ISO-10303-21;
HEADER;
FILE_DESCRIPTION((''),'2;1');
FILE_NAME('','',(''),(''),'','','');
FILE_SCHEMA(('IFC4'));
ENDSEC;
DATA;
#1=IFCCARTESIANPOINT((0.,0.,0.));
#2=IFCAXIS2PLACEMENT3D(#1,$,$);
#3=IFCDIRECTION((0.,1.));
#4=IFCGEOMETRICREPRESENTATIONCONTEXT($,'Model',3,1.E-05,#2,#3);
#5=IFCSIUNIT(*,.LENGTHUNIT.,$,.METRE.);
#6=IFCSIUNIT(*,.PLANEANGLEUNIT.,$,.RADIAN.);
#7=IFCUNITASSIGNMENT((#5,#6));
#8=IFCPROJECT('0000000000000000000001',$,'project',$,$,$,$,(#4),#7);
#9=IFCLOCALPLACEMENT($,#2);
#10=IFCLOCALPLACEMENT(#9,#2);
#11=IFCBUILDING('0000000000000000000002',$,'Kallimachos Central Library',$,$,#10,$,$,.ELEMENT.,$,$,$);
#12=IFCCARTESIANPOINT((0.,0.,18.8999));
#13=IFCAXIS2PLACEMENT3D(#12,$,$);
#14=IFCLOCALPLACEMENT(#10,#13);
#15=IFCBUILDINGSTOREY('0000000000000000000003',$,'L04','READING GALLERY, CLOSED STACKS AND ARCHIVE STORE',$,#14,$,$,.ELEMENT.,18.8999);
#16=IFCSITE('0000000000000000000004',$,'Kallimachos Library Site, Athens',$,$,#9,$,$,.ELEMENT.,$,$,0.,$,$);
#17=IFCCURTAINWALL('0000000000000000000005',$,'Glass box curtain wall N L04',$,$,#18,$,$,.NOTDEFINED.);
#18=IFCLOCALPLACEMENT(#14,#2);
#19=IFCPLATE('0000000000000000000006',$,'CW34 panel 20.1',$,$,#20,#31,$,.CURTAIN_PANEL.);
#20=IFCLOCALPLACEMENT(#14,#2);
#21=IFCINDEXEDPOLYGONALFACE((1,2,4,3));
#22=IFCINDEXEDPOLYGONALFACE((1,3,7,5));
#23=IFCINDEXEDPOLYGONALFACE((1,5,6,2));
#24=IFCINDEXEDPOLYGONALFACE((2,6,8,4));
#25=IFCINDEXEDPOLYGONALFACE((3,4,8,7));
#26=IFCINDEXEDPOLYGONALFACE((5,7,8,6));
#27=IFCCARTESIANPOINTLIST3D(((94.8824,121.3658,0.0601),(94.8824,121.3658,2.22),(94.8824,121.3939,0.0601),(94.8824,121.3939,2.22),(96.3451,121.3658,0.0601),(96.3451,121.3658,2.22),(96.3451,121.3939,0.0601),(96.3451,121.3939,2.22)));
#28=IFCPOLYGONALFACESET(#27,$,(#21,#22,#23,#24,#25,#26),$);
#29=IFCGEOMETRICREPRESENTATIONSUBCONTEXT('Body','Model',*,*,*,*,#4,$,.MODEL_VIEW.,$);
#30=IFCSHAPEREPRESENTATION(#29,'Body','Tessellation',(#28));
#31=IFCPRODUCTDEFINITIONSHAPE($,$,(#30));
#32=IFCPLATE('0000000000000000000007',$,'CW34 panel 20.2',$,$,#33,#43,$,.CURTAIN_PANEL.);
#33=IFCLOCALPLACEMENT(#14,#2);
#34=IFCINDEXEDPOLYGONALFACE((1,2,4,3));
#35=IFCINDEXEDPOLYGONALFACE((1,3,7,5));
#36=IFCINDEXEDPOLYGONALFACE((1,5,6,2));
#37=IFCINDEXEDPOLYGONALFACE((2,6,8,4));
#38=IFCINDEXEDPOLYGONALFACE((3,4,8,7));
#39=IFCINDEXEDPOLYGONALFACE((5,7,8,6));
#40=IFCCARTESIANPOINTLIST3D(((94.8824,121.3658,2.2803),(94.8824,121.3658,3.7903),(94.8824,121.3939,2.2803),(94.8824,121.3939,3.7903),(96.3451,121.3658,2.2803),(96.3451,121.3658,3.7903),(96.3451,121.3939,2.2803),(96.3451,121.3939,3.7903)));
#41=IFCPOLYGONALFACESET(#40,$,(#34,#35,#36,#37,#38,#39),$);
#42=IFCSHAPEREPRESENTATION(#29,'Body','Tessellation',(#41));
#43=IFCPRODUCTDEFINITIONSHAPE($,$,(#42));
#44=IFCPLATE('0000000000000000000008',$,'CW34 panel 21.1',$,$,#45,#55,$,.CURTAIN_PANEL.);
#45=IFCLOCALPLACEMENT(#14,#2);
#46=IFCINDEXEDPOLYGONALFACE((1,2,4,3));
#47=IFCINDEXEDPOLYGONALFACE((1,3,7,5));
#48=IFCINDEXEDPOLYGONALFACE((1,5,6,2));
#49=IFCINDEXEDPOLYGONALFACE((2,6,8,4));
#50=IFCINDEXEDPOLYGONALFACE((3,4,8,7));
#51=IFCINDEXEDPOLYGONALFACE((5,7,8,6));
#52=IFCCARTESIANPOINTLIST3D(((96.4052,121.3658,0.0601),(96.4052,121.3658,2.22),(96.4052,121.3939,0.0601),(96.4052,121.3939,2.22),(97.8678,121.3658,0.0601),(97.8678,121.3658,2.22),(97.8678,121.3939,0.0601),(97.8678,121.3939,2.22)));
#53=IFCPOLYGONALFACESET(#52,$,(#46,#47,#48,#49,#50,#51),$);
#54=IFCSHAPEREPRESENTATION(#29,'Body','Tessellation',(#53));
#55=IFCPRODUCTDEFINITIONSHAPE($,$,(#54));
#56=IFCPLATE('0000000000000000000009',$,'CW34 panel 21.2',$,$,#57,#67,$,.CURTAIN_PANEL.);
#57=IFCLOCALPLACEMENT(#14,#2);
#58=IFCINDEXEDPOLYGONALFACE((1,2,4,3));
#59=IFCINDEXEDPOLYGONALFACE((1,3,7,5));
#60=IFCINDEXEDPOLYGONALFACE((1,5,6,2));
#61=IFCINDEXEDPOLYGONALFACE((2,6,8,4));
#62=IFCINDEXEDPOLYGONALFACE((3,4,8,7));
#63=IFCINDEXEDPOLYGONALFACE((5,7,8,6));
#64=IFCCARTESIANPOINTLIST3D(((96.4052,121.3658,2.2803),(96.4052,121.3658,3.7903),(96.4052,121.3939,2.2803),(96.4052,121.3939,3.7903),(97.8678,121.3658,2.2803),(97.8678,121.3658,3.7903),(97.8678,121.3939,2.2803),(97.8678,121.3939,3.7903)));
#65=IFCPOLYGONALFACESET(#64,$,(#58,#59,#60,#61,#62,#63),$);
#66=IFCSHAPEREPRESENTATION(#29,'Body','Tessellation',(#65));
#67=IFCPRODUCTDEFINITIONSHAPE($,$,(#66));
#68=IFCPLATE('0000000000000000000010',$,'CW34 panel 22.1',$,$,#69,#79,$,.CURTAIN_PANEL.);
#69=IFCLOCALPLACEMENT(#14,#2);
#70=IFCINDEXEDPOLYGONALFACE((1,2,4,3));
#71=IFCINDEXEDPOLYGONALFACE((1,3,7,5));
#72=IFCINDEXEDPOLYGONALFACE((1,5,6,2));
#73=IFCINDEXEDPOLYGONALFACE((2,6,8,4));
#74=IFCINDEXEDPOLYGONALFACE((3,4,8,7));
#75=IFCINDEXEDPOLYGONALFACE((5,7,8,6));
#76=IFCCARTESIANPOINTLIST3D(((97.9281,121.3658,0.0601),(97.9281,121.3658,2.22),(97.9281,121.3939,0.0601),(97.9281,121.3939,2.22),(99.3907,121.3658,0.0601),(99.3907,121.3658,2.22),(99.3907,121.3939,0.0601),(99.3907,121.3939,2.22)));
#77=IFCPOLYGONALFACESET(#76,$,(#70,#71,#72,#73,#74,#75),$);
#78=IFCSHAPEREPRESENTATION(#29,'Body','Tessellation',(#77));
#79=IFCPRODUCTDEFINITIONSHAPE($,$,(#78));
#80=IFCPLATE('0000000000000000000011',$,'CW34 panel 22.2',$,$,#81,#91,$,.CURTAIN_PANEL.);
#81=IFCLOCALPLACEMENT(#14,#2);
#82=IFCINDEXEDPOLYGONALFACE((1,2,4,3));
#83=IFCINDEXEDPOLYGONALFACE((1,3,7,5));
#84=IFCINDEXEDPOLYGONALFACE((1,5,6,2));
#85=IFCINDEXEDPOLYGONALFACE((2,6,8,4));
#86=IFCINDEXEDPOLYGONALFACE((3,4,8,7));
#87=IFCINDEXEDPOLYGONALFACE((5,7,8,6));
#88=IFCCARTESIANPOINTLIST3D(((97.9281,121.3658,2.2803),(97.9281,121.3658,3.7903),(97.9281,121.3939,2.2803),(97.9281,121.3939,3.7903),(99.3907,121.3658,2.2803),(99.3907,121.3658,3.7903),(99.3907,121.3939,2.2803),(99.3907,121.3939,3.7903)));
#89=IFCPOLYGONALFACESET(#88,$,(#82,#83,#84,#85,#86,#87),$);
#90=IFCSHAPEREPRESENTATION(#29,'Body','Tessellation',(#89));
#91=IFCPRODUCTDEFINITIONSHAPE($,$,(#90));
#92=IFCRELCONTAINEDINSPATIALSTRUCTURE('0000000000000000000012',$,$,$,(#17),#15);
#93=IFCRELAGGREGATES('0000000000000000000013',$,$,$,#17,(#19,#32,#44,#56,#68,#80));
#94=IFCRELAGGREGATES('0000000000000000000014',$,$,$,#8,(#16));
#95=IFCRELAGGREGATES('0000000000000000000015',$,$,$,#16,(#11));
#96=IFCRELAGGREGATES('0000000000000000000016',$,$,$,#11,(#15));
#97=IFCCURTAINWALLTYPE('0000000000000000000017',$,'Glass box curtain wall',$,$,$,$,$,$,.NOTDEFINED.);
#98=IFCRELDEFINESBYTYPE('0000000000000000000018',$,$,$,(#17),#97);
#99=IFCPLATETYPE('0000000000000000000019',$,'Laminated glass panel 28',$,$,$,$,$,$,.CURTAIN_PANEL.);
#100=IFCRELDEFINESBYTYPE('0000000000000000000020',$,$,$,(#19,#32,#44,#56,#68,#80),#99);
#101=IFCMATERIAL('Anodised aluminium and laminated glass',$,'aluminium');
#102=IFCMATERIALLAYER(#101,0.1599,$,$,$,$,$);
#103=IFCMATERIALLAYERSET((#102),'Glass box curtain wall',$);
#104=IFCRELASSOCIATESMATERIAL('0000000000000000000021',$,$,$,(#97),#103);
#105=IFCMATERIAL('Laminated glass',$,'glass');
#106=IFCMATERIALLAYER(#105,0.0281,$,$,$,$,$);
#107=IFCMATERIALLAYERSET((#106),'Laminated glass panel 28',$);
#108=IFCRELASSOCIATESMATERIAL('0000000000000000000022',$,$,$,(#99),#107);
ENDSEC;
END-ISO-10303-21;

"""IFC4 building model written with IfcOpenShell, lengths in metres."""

from ifc_helpers import new_model, si_unit, direction, frame, origin, origin_2d, place, context, subcontext, project, spatial, rectangle, extrude, material, layer, layer_set, type_object, element, aggregate, save


model = new_model("IFC4")

# Units and contexts
model_context = context("Model", 3, precision=1e-05, world=origin(), true_north=direction((0.0, 1.0)))
body_context = subcontext(model_context, "Body", "Model", "MODEL_VIEW")
ifc_project = project(units=[si_unit("LENGTHUNIT", "METRE"), si_unit("PLANEANGLEUNIT", "RADIAN")], contexts=[model_context])

# Site, building, storey
site_placement = place(None, origin())
site = spatial("IfcSite", under=ifc_project, at=site_placement, Name="Kallimachos Library Site, Athens", CompositionType="ELEMENT", RefElevation=0.0)
building_placement = place(site_placement, origin())
building = spatial("IfcBuilding", under=site, at=building_placement, Name="Kallimachos Central Library", CompositionType="ELEMENT")
storey_placement = place(building_placement, frame((0.0, 0.0, 18.8999)))
storey = spatial("IfcBuildingStorey", under=building, at=storey_placement, Name="L04", Description="READING GALLERY, CLOSED STACKS AND ARCHIVE STORE", CompositionType="ELEMENT", Elevation=18.8999)

# Curtain wall
ifc_material_1 = material(Name="Anodised aluminium and laminated glass", Category="aluminium")
ifc_layer_1 = layer(ifc_material_1, 0.1599)
ifc_layer_set_1 = layer_set([ifc_layer_1], Name="Glass box curtain wall")
curtain_wall_type = type_object("IfcCurtainWallType", Name="Glass box curtain wall", PredefinedType="NOTDEFINED", material=ifc_layer_set_1)
curtain_wall_placement = place(storey_placement, origin())
curtain_wall = element("IfcCurtainWall", 1, at=curtain_wall_placement, inside=storey, type_object=curtain_wall_type, Name="Glass box curtain wall N L04", PredefinedType="NOTDEFINED")

# Plates
ifc_material_2 = material(Name="Laminated glass", Category="glass")
ifc_layer_2 = layer(ifc_material_2, 0.0281)
ifc_layer_set_2 = layer_set([ifc_layer_2], Name="Laminated glass panel 28")
plate_type = type_object("IfcPlateType", Name="Laminated glass panel 28", PredefinedType="CURTAIN_PANEL", material=ifc_layer_set_2)
plate_1_placement = place(storey_placement, frame((95.6138, 121.3799, 0.0601), z_axis=(0.0, 0.0, 1.0), x_axis=(1.0, 0.0, 0.0)))
plate_1 = element("IfcPlate", 2, at=plate_1_placement, type_object=plate_type, Name="CW34 panel 20.1", PredefinedType="CURTAIN_PANEL", context=body_context, shape_type="SweptSolid", body=[
    extrude(rectangle(XDim=1.4626, YDim=0.0281, at=origin_2d()), origin(), (0.0, 0.0, 1.0), 2.1599),
])
plate_2_placement = place(storey_placement, frame((95.6138, 121.3799, 2.2803), z_axis=(0.0, 0.0, 1.0), x_axis=(1.0, 0.0, 0.0)))
plate_2 = element("IfcPlate", 3, at=plate_2_placement, type_object=plate_type, Name="CW34 panel 20.2", PredefinedType="CURTAIN_PANEL", context=body_context, shape_type="SweptSolid", body=[
    extrude(rectangle(XDim=1.4626, YDim=0.0281, at=origin_2d()), origin(), (0.0, 0.0, 1.0), 1.51),
])
plate_3_placement = place(storey_placement, frame((97.1365, 121.3799, 0.0601), z_axis=(0.0, 0.0, 1.0), x_axis=(1.0, 0.0, 0.0)))
plate_3 = element("IfcPlate", 4, at=plate_3_placement, type_object=plate_type, Name="CW34 panel 21.1", PredefinedType="CURTAIN_PANEL", context=body_context, shape_type="SweptSolid", body=[
    extrude(rectangle(XDim=1.4626, YDim=0.0281, at=origin_2d()), origin(), (0.0, 0.0, 1.0), 2.1599),
])
plate_4_placement = place(storey_placement, frame((97.1365, 121.3799, 2.2803), z_axis=(0.0, 0.0, 1.0), x_axis=(1.0, 0.0, 0.0)))
plate_4 = element("IfcPlate", 5, at=plate_4_placement, type_object=plate_type, Name="CW34 panel 21.2", PredefinedType="CURTAIN_PANEL", context=body_context, shape_type="SweptSolid", body=[
    extrude(rectangle(XDim=1.4626, YDim=0.0281, at=origin_2d()), origin(), (0.0, 0.0, 1.0), 1.51),
])
plate_5_placement = place(storey_placement, frame((98.6594, 121.3799, 0.0601), z_axis=(0.0, 0.0, 1.0), x_axis=(1.0, 0.0, 0.0)))
plate_5 = element("IfcPlate", 6, at=plate_5_placement, type_object=plate_type, Name="CW34 panel 22.1", PredefinedType="CURTAIN_PANEL", context=body_context, shape_type="SweptSolid", body=[
    extrude(rectangle(XDim=1.4626, YDim=0.0281, at=origin_2d()), origin(), (0.0, 0.0, 1.0), 2.1599),
])
plate_6_placement = place(storey_placement, frame((98.6594, 121.3799, 2.2803), z_axis=(0.0, 0.0, 1.0), x_axis=(1.0, 0.0, 0.0)))
plate_6 = element("IfcPlate", 7, at=plate_6_placement, type_object=plate_type, Name="CW34 panel 22.2", PredefinedType="CURTAIN_PANEL", context=body_context, shape_type="SweptSolid", body=[
    extrude(rectangle(XDim=1.4626, YDim=0.0281, at=origin_2d()), origin(), (0.0, 0.0, 1.0), 1.51),
])
aggregate(curtain_wall, [plate_1, plate_2, plate_3, plate_4, plate_5, plate_6])

save(model, "model.ifc")
